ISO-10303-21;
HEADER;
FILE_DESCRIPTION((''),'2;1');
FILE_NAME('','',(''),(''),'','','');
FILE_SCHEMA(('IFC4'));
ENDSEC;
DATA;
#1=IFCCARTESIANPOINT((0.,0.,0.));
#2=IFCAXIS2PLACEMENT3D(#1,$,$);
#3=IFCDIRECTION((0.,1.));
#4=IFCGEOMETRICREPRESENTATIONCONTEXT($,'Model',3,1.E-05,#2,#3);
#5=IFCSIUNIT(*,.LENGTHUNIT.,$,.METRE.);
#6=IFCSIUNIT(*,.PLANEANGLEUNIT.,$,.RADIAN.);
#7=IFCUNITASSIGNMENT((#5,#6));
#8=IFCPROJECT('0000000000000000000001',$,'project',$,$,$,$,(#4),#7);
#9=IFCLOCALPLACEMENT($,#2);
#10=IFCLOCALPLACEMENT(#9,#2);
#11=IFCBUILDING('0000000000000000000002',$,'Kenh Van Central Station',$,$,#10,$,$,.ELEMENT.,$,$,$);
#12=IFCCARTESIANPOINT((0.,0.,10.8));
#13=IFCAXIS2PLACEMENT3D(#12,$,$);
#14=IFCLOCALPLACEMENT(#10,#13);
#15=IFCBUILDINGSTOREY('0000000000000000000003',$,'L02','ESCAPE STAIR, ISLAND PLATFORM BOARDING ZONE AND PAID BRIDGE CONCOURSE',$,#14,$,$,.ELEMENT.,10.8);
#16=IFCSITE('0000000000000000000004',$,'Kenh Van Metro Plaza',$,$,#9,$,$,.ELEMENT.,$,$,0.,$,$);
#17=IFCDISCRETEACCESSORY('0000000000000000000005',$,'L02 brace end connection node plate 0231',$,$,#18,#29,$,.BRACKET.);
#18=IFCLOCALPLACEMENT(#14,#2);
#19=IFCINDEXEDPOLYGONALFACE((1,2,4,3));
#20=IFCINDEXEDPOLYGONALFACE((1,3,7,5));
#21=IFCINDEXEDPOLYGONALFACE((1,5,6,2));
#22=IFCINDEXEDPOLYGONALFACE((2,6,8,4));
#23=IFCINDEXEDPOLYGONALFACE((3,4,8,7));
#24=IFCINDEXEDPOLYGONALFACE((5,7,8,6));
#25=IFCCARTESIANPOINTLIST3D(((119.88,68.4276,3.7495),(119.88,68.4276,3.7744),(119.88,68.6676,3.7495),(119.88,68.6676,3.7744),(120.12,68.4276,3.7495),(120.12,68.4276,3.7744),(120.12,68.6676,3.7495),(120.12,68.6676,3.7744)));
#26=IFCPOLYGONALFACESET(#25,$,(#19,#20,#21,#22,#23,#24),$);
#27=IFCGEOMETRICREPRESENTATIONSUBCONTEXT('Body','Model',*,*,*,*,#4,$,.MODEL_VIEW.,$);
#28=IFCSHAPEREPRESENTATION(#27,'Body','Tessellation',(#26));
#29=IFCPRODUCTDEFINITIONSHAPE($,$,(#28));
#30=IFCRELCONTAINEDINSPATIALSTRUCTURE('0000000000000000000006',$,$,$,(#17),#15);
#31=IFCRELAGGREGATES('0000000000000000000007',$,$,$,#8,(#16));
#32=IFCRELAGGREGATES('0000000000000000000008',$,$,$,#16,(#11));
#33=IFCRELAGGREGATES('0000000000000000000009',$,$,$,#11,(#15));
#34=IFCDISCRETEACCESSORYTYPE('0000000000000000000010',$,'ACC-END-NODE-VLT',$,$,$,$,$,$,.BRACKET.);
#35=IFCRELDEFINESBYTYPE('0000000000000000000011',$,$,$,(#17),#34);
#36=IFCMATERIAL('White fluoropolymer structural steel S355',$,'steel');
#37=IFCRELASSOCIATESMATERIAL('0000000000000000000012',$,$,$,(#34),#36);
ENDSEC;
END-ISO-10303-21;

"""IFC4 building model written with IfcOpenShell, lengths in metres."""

from ifc_helpers import new_model, si_unit, direction, frame, origin, origin_2d, place, context, subcontext, project, spatial, rectangle, extrude, material, type_object, element, save


model = new_model("IFC4")

# Units and contexts
model_context = context("Model", 3, precision=1e-05, world=origin(), true_north=direction((0.0, 1.0)))
body_context = subcontext(model_context, "Body", "Model", "MODEL_VIEW")
ifc_project = project(units=[si_unit("LENGTHUNIT", "METRE"), si_unit("PLANEANGLEUNIT", "RADIAN")], contexts=[model_context])

# Site, building, storey
site_placement = place(None, origin())
site = spatial("IfcSite", under=ifc_project, at=site_placement, Name="Kenh Van Metro Plaza", CompositionType="ELEMENT", RefElevation=0.0)
building_placement = place(site_placement, origin())
building = spatial("IfcBuilding", under=site, at=building_placement, Name="Kenh Van Central Station", CompositionType="ELEMENT")
storey_placement = place(building_placement, frame((0.0, 0.0, 10.8)))
storey = spatial("IfcBuildingStorey", under=building, at=storey_placement, Name="L02", Description="ESCAPE STAIR, ISLAND PLATFORM BOARDING ZONE AND PAID BRIDGE CONCOURSE", CompositionType="ELEMENT", Elevation=10.8)

# Shared definitions
ifc_material_1 = material(Name="White fluoropolymer structural steel S355", Category="steel")

# Discrete accessory
discrete_accessory_type_1 = type_object("IfcDiscreteAccessoryType", Name="ACC-END-NODE-VLT", PredefinedType="BRACKET", material=ifc_material_1)
for number, where, z_axis, x_axis, name in (
    (1, (120.0, 68.5476, 3.7495), (0.0, 0.0, 1.0), (1.0, 0.0, 0.0), "L02 brace end connection node plate 0231"),
):
    element("IfcDiscreteAccessory", number, at=place(storey_placement, frame(where, z_axis=z_axis, x_axis=x_axis)), inside=storey, type_object=discrete_accessory_type_1, Name=name, PredefinedType="BRACKET", context=body_context, shape_type="SweptSolid", body=[
        extrude(rectangle(XDim=0.24, YDim=0.24, at=origin_2d()), origin(), (0.0, 0.0, 1.0), 0.0249),
    ])

save(model, "model.ifc")
